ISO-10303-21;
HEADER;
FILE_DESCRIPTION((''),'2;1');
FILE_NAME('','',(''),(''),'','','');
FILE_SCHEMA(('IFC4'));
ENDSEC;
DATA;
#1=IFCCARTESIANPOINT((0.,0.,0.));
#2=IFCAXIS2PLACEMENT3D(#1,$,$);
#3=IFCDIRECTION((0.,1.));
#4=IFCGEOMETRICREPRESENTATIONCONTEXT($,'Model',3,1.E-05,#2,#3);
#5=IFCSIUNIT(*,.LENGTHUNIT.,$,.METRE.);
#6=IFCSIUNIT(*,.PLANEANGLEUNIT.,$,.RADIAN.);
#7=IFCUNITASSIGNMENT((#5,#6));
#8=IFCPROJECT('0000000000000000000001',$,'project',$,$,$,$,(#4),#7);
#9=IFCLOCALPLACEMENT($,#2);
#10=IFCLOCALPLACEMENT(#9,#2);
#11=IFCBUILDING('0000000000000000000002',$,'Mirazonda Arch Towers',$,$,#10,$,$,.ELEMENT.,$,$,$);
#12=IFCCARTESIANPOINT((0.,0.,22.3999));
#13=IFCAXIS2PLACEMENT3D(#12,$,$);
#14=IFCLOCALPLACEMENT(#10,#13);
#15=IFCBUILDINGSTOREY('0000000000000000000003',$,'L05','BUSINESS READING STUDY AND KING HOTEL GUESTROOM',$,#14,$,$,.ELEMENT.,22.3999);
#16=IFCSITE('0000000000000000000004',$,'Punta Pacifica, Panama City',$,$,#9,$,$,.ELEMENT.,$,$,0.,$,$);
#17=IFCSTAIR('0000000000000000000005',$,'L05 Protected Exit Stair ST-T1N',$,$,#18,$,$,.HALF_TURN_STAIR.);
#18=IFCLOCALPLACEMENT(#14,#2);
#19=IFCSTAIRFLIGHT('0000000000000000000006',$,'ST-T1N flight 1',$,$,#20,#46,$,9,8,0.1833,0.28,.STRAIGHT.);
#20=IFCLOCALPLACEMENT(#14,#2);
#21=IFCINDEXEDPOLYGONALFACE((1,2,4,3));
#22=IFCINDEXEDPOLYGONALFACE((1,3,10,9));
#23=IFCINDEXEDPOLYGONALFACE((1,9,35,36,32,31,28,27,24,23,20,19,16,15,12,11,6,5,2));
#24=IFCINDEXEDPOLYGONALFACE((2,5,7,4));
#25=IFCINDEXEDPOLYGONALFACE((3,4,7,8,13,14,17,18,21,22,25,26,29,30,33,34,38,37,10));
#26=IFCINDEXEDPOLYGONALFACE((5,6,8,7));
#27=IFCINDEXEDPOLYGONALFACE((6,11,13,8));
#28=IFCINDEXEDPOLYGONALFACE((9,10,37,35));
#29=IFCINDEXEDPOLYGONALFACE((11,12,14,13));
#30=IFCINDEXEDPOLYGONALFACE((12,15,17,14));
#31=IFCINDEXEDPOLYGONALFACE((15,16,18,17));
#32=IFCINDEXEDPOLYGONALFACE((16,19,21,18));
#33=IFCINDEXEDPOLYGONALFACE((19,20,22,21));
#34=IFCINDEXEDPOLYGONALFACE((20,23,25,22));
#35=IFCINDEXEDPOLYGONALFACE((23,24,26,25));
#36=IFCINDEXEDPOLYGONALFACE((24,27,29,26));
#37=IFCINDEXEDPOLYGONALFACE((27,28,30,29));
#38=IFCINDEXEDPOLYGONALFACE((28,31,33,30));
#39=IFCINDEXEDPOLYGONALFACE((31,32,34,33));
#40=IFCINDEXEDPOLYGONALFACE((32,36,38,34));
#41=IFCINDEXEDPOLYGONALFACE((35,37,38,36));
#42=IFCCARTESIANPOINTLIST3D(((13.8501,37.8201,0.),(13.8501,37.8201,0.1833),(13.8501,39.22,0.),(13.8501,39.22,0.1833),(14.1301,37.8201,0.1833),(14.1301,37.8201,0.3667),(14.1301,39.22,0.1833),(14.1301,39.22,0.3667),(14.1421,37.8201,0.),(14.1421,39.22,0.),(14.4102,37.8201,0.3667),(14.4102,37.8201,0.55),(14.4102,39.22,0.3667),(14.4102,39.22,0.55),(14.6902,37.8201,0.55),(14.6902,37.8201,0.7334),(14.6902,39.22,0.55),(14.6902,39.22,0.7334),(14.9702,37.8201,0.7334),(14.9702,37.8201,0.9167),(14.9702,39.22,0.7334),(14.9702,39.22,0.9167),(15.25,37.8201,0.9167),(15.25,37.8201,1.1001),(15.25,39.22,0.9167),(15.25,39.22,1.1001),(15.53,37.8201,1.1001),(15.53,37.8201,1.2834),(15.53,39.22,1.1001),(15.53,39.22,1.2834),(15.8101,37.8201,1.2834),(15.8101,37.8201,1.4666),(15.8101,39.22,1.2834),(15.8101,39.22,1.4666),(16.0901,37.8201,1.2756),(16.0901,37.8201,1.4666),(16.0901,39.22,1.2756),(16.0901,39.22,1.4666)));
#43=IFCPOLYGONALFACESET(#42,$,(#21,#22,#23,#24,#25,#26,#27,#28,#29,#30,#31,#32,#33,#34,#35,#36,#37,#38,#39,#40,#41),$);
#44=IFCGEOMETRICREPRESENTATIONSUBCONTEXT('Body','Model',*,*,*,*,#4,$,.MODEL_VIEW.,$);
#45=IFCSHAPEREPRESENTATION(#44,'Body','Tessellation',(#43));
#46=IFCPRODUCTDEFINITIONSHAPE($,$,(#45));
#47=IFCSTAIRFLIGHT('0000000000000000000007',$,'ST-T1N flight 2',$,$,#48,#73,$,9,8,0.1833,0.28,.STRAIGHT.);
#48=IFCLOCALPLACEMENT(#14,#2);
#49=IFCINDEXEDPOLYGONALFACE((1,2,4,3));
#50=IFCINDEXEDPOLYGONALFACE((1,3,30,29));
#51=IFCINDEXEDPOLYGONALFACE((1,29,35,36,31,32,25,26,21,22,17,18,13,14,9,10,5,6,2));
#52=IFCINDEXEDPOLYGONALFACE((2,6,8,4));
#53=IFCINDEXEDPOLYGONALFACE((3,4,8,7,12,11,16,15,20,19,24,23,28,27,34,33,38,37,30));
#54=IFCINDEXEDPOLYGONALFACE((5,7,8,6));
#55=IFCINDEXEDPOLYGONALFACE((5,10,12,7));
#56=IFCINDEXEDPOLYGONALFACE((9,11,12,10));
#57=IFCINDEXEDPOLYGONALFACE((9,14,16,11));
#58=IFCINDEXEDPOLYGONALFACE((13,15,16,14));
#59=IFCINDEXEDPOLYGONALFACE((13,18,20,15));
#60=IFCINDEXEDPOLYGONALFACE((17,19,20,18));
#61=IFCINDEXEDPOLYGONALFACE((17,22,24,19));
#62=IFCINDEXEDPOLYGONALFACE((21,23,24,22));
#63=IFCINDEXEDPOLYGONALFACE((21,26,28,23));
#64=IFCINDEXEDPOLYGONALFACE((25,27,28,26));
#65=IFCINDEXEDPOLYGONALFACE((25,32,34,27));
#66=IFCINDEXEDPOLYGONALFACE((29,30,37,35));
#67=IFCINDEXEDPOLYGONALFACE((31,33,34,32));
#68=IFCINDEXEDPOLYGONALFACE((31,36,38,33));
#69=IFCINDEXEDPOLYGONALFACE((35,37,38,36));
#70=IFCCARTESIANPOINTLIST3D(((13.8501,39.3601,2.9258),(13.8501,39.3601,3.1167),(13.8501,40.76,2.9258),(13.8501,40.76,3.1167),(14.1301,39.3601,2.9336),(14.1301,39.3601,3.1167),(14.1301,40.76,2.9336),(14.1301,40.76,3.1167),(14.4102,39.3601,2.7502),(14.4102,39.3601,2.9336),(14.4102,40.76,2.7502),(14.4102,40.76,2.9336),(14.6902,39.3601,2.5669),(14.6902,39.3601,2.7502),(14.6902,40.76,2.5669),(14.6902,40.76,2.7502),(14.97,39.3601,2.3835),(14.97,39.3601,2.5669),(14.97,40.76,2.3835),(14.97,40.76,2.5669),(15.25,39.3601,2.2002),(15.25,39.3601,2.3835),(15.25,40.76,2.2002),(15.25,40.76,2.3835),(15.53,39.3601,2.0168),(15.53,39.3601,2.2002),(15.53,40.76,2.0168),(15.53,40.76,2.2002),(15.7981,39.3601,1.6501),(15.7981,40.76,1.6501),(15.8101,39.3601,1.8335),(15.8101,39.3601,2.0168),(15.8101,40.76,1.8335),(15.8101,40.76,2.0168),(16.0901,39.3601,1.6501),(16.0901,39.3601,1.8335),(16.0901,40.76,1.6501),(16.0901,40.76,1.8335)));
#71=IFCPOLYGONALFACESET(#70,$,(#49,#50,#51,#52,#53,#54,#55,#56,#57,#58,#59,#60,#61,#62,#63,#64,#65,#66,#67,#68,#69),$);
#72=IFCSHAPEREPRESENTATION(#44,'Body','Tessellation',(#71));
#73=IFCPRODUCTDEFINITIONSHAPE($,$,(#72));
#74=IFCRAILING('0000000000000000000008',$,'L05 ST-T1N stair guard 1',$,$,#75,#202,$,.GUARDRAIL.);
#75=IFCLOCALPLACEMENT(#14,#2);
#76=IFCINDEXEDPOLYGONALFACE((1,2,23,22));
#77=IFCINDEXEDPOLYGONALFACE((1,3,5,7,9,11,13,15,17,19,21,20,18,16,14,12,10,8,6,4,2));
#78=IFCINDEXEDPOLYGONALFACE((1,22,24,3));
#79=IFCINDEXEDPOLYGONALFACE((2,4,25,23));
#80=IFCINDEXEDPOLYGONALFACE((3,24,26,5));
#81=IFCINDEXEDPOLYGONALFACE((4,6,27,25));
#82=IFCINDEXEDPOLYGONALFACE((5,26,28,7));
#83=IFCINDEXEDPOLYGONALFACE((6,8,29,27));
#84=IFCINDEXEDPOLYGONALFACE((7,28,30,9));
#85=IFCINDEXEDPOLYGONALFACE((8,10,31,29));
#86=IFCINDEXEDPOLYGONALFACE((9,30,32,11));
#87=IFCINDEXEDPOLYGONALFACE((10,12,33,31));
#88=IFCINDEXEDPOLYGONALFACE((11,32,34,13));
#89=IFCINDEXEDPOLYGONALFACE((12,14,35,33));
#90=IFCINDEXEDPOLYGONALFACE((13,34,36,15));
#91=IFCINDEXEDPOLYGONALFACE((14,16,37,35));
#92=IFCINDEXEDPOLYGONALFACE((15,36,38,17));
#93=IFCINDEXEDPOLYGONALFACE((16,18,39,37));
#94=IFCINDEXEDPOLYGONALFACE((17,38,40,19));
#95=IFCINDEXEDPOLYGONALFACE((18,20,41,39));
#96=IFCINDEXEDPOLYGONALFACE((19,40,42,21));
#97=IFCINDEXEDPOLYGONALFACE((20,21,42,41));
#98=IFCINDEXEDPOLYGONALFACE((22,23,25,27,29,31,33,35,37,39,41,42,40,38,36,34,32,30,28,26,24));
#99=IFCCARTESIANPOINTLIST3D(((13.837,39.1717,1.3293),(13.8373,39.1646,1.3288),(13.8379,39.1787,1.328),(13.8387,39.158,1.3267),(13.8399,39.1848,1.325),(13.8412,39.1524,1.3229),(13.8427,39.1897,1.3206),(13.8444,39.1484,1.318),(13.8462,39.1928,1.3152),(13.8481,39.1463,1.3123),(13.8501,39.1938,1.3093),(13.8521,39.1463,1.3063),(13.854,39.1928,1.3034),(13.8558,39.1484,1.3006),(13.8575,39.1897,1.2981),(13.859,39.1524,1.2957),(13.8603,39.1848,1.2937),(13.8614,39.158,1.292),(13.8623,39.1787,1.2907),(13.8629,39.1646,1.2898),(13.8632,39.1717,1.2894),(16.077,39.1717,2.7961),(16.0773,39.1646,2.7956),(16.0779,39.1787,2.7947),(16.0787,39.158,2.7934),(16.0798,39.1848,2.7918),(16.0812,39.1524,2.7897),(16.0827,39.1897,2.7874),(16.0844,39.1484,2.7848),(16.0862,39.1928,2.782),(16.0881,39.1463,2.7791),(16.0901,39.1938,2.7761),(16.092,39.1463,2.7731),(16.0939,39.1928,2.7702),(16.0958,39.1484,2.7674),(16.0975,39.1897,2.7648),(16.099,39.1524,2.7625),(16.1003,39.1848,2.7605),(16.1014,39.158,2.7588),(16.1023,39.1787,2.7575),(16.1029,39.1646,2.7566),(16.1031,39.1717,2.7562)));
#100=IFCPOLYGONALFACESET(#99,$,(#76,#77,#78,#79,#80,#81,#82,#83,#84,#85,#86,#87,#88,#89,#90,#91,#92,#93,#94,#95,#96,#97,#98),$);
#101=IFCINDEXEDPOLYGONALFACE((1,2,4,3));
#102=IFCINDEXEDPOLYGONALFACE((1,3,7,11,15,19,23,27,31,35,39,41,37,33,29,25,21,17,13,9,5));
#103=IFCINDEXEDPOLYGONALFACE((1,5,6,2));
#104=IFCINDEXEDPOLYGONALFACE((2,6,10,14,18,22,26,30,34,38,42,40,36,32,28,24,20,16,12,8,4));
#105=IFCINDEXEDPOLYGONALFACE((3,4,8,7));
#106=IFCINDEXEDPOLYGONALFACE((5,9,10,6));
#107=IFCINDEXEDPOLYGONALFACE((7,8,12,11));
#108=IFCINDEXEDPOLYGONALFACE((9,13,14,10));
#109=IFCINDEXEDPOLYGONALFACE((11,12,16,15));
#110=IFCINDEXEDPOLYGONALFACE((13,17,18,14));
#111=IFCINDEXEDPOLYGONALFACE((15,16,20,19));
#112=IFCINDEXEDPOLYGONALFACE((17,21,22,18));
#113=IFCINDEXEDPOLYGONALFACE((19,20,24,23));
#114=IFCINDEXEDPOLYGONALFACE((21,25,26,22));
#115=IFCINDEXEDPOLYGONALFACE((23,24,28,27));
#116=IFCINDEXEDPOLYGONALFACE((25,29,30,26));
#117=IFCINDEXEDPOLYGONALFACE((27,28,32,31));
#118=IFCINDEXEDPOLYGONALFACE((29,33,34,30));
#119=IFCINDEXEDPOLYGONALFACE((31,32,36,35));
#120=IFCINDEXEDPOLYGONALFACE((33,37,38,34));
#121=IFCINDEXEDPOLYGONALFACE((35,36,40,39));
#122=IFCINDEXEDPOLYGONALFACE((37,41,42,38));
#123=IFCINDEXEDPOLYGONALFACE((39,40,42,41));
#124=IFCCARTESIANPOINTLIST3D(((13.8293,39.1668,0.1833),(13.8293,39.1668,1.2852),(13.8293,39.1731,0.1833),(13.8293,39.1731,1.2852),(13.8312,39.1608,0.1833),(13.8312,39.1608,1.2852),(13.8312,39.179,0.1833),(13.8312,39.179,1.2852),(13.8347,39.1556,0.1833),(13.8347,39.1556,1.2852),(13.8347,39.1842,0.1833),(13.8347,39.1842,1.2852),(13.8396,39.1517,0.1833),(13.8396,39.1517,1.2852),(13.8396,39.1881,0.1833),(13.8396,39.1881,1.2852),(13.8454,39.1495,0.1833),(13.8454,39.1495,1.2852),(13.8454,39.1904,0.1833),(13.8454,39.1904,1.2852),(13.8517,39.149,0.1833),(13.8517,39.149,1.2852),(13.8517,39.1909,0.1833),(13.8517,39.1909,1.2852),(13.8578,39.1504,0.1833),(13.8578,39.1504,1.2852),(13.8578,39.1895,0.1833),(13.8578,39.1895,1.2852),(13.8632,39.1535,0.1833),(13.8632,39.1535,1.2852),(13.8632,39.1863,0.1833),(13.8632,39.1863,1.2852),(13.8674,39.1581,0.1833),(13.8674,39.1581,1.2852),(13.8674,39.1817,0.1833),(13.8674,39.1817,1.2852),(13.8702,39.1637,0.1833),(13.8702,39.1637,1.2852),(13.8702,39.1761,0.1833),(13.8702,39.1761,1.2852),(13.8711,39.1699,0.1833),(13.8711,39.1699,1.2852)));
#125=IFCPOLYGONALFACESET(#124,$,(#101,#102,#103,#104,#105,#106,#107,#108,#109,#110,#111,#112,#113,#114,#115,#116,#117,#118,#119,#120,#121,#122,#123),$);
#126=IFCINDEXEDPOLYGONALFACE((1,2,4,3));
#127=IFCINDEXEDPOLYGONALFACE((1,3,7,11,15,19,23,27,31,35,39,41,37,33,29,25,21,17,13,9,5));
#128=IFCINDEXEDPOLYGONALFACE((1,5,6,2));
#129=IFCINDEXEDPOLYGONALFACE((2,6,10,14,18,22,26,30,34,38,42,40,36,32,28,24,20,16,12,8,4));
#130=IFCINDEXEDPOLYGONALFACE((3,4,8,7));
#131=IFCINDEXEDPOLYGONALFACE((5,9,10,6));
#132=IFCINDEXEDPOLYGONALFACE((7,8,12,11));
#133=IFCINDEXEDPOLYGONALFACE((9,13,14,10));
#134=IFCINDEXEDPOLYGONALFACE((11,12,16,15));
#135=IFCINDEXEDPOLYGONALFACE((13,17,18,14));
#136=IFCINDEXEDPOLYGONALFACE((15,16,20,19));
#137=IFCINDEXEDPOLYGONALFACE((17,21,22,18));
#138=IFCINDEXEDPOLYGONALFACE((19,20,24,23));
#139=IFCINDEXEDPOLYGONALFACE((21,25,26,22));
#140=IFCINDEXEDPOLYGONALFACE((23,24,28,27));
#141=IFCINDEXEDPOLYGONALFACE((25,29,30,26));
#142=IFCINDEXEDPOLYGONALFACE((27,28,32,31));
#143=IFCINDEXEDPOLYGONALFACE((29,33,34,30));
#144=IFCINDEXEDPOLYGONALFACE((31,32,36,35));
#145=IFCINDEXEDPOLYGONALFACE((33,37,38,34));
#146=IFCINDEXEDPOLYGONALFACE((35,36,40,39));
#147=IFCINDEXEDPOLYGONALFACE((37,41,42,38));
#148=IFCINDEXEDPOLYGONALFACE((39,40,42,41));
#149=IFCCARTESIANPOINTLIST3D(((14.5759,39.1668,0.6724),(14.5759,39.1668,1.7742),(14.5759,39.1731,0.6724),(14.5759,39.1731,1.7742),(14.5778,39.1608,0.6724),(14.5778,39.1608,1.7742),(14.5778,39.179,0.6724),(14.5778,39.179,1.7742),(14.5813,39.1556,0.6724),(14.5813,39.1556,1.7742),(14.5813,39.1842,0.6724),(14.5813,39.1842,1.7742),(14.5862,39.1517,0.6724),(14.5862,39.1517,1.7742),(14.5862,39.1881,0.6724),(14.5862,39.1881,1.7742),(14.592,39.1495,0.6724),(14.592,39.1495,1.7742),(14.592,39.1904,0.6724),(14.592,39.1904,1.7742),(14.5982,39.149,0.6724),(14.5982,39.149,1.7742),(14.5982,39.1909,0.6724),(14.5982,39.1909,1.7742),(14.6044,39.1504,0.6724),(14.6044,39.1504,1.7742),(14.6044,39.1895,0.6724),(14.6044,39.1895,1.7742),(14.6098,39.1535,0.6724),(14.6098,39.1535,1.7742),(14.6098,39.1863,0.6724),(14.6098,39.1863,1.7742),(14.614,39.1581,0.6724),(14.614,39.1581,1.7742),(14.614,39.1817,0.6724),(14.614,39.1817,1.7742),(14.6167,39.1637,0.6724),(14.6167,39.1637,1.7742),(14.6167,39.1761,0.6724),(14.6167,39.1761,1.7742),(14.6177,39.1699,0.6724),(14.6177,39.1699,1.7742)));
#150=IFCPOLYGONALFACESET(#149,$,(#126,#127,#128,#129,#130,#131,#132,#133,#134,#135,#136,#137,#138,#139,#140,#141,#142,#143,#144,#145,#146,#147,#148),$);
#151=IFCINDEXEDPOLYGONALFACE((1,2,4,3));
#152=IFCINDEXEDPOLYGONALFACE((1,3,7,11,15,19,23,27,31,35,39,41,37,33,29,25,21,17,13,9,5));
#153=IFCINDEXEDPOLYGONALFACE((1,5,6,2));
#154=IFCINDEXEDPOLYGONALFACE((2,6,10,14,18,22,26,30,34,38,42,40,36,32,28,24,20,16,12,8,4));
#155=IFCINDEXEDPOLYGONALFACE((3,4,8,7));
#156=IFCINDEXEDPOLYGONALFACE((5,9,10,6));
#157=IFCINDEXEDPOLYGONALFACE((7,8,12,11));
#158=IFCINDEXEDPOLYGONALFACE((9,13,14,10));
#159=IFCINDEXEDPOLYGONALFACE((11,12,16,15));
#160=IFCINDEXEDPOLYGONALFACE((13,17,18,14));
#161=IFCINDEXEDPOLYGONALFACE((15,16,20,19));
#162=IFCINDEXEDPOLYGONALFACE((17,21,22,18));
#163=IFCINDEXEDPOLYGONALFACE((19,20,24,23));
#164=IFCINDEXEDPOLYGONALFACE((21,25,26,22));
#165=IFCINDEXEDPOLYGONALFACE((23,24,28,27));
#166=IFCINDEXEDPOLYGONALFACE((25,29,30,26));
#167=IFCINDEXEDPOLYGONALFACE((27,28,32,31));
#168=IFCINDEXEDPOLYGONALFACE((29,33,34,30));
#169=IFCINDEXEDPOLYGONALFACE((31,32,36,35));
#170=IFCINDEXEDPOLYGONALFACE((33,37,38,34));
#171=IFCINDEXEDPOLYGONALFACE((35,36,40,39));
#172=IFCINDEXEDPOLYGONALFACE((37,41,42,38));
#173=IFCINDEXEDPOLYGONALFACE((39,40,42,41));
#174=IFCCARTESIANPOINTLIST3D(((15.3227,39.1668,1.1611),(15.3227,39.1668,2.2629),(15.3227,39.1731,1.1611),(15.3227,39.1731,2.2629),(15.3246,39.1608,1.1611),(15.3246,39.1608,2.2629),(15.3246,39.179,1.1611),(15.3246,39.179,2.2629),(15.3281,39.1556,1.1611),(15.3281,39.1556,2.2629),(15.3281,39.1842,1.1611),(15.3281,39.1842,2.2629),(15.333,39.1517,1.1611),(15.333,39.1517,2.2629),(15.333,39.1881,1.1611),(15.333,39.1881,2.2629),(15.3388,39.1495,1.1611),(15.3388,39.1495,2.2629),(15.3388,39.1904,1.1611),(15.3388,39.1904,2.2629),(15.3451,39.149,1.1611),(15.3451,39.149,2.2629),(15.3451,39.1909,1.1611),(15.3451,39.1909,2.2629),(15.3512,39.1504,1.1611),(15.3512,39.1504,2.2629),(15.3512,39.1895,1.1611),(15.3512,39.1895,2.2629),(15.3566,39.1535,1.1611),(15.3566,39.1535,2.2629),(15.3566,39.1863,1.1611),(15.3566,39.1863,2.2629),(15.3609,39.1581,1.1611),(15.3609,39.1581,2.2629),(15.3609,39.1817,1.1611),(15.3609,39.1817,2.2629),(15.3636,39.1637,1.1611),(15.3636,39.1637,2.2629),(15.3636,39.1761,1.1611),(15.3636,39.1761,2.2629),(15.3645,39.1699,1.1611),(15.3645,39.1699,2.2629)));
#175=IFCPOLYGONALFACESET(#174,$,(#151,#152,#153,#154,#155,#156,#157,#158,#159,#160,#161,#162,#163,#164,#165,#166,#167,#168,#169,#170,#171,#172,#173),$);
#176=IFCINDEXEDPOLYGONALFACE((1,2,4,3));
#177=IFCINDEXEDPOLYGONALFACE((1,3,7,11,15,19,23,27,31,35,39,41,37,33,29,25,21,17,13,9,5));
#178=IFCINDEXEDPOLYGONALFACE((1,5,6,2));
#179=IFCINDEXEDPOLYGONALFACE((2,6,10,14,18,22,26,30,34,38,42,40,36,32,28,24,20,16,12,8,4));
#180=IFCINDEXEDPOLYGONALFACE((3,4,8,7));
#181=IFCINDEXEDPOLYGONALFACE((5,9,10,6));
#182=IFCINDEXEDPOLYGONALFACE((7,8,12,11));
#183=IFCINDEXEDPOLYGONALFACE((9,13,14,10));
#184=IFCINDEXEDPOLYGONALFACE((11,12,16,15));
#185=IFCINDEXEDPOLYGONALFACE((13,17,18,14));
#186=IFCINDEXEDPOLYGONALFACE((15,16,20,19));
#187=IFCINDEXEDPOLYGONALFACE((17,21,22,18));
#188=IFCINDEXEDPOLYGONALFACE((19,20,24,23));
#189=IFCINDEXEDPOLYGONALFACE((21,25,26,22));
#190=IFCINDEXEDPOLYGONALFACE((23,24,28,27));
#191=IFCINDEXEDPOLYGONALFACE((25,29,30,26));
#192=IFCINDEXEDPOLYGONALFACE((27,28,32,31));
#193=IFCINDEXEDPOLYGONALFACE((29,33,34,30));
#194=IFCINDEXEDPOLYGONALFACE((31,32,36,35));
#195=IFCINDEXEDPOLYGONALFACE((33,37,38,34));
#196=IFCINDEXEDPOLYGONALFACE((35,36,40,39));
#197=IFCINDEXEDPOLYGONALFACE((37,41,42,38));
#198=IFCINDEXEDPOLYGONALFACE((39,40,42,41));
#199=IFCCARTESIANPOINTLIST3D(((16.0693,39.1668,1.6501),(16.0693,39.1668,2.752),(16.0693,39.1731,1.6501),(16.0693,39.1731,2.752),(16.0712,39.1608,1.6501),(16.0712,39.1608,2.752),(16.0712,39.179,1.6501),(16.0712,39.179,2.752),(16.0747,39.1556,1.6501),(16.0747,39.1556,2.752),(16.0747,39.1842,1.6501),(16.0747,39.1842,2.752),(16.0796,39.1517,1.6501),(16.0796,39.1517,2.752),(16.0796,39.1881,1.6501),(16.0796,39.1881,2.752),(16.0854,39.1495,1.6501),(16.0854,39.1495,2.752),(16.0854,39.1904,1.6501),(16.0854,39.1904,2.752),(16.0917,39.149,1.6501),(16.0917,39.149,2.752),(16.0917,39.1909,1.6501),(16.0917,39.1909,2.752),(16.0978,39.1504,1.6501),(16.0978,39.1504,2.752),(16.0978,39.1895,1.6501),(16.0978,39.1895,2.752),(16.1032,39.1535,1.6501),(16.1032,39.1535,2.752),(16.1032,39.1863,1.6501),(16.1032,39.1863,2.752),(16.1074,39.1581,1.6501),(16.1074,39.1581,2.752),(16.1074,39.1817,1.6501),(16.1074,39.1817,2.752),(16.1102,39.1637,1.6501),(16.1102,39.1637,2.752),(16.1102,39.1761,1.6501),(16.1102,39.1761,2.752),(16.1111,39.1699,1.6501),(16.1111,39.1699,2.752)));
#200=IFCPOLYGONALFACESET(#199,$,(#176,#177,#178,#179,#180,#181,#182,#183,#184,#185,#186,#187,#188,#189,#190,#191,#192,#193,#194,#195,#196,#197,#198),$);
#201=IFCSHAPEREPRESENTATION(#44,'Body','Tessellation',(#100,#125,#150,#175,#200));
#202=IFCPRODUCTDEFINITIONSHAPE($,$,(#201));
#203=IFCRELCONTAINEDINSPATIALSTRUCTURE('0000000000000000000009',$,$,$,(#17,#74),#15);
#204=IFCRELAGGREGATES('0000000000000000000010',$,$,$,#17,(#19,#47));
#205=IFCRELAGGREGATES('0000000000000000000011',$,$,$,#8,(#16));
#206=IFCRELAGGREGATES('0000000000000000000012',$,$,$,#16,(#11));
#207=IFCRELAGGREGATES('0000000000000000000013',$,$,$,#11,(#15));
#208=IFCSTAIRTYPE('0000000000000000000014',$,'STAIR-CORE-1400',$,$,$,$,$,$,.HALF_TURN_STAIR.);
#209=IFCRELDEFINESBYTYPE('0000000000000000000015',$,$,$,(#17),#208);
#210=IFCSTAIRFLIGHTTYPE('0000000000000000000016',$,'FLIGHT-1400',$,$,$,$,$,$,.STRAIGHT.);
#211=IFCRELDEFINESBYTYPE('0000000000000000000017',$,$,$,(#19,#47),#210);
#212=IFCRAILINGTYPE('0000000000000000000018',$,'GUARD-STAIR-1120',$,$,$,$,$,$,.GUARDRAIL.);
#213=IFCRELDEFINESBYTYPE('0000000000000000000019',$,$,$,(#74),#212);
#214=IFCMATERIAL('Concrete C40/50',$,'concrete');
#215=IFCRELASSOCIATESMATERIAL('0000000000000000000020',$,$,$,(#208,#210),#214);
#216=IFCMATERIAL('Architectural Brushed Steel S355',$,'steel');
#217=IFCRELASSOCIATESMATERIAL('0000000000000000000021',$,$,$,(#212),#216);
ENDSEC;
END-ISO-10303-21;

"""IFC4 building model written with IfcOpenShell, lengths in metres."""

from ifc_helpers import new_model, si_unit, direction, frame, origin, origin_2d, place, context, subcontext, project, spatial, polyline, circle, outline, extrude, material, type_object, element, aggregate, save


model = new_model("IFC4")

# Units and contexts
model_context = context("Model", 3, precision=1e-05, world=origin(), true_north=direction((0.0, 1.0)))
body_context = subcontext(model_context, "Body", "Model", "MODEL_VIEW")
ifc_project = project(units=[si_unit("LENGTHUNIT", "METRE"), si_unit("PLANEANGLEUNIT", "RADIAN")], contexts=[model_context])

# Site, building, storey
site_placement = place(None, origin())
site = spatial("IfcSite", under=ifc_project, at=site_placement, Name="Punta Pacifica, Panama City", CompositionType="ELEMENT", RefElevation=0.0)
building_placement = place(site_placement, origin())
building = spatial("IfcBuilding", under=site, at=building_placement, Name="Mirazonda Arch Towers", CompositionType="ELEMENT")
storey_placement = place(building_placement, frame((0.0, 0.0, 22.3999)))
storey = spatial("IfcBuildingStorey", under=building, at=storey_placement, Name="L05", Description="BUSINESS READING STUDY AND KING HOTEL GUESTROOM", CompositionType="ELEMENT", Elevation=22.3999)

# Shared definitions
ifc_material_1 = material(Name="Architectural Brushed Steel S355", Category="steel")

# Stair, stair flights
ifc_material_2 = material(Name="Concrete C40/50", Category="concrete")
stair_type = type_object("IfcStairType", Name="STAIR-CORE-1400", PredefinedType="HALF_TURN_STAIR", material=ifc_material_2)
stair_placement = place(storey_placement, origin())
stair = element("IfcStair", 1, at=stair_placement, inside=storey, type_object=stair_type, Name="L05 Protected Exit Stair ST-T1N", PredefinedType="HALF_TURN_STAIR")
stair_flight_type = type_object("IfcStairFlightType", Name="FLIGHT-1400", PredefinedType="STRAIGHT", material=ifc_material_2)
stair_flight_1_placement = place(storey_placement, frame((13.8501, 38.52, 0.0), z_axis=(0.0, 0.0, 1.0), x_axis=(1.0, 0.0, 0.0)))
stair_flight_1 = element("IfcStairFlight", 2, at=stair_flight_1_placement, type_object=stair_flight_type, Name="ST-T1N flight 1", NumberOfRisers=9, NumberOfTreads=8, PredefinedType="STRAIGHT", RiserHeight=0.1833, TreadLength=0.28, context=body_context, shape_type="SweptSolid", body=[
    extrude(outline(polyline([(0.0, 0.0), (0.0, 0.1833), (0.28, 0.1833), (0.28, 0.3667), (0.5601, 0.3667), (0.5601, 0.55), (0.8401, 0.55), (0.8401, 0.7334), (1.1201, 0.7334), (1.1201, 0.9167), (1.3999, 0.9167), (1.3999, 1.1001), (1.6799, 1.1001), (1.6799, 1.2834), (1.96, 1.2834), (1.96, 1.4666), (2.24, 1.4666), (2.24, 1.6499), (2.24, 1.2756), (0.292, 0.0), (0.0, 0.0)])), frame((0.0, 0.7, 0.0), z_axis=(0.0, -1.0, 0.0), x_axis=(1.0, 0.0, 0.0)), (0.0, 0.0, 1.0), 1.3999),
])
stair_flight_2_placement = place(storey_placement, frame((16.0901, 40.0601, 1.6501), z_axis=(0.0, 0.0, 1.0), x_axis=(-1.0, 0.0, 0.0)))
stair_flight_2 = element("IfcStairFlight", 3, at=stair_flight_2_placement, type_object=stair_flight_type, Name="ST-T1N flight 2", NumberOfRisers=9, NumberOfTreads=8, PredefinedType="STRAIGHT", RiserHeight=0.1833, TreadLength=0.28, context=body_context, shape_type="SweptSolid", body=[
    extrude(outline(polyline([(0.0, 0.0), (0.0, 0.1833), (0.28, 0.1833), (0.28, 0.3667), (0.5601, 0.3667), (0.5601, 0.55), (0.8401, 0.55), (0.8401, 0.7334), (1.1201, 0.7334), (1.1201, 0.9167), (1.3999, 0.9167), (1.3999, 1.1001), (1.6799, 1.1001), (1.6799, 1.2834), (1.96, 1.2834), (1.96, 1.4666), (2.24, 1.4666), (2.24, 1.6499), (2.24, 1.2756), (0.292, 0.0), (0.0, 0.0)])), frame((0.0, 0.7, 0.0), z_axis=(0.0, -1.0, 0.0), x_axis=(1.0, 0.0, 0.0)), (0.0, 0.0, 1.0), 1.3999),
])
aggregate(stair, [stair_flight_1, stair_flight_2])

# Railing
railing_type_1 = type_object("IfcRailingType", Name="GUARD-STAIR-1120", PredefinedType="GUARDRAIL", material=ifc_material_1)
railing_1_placement = place(storey_placement, frame((13.8501, 39.1699, 0.1833)))
element("IfcRailing", 4, at=railing_1_placement, inside=storey, type_object=railing_type_1, Name="L05 ST-T1N stair guard 1", PredefinedType="GUARDRAIL", context=body_context, shape_type="SweptSolid", body=[
    extrude(circle(Radius=0.0239, at=origin_2d()), frame((0.0, 0.0, 1.126), z_axis=(0.836595, 0.0, 0.547822), x_axis=(0.0, 1.0, 0.0)), (0.0, 0.0, 1.0), 2.6775),
    extrude(circle(Radius=0.021, at=origin_2d()), origin(), (0.0, 0.0, 1.0), 1.1018),
    extrude(circle(Radius=0.021, at=origin_2d()), frame((0.7466, 0.0, 0.489)), (0.0, 0.0, 1.0), 1.1018),
    extrude(circle(Radius=0.021, at=origin_2d()), frame((1.4934, 0.0, 0.9778)), (0.0, 0.0, 1.0), 1.1018),
    extrude(circle(Radius=0.021, at=origin_2d()), frame((2.24, 0.0, 1.4668)), (0.0, 0.0, 1.0), 1.1018),
])

save(model, "model.ifc")
